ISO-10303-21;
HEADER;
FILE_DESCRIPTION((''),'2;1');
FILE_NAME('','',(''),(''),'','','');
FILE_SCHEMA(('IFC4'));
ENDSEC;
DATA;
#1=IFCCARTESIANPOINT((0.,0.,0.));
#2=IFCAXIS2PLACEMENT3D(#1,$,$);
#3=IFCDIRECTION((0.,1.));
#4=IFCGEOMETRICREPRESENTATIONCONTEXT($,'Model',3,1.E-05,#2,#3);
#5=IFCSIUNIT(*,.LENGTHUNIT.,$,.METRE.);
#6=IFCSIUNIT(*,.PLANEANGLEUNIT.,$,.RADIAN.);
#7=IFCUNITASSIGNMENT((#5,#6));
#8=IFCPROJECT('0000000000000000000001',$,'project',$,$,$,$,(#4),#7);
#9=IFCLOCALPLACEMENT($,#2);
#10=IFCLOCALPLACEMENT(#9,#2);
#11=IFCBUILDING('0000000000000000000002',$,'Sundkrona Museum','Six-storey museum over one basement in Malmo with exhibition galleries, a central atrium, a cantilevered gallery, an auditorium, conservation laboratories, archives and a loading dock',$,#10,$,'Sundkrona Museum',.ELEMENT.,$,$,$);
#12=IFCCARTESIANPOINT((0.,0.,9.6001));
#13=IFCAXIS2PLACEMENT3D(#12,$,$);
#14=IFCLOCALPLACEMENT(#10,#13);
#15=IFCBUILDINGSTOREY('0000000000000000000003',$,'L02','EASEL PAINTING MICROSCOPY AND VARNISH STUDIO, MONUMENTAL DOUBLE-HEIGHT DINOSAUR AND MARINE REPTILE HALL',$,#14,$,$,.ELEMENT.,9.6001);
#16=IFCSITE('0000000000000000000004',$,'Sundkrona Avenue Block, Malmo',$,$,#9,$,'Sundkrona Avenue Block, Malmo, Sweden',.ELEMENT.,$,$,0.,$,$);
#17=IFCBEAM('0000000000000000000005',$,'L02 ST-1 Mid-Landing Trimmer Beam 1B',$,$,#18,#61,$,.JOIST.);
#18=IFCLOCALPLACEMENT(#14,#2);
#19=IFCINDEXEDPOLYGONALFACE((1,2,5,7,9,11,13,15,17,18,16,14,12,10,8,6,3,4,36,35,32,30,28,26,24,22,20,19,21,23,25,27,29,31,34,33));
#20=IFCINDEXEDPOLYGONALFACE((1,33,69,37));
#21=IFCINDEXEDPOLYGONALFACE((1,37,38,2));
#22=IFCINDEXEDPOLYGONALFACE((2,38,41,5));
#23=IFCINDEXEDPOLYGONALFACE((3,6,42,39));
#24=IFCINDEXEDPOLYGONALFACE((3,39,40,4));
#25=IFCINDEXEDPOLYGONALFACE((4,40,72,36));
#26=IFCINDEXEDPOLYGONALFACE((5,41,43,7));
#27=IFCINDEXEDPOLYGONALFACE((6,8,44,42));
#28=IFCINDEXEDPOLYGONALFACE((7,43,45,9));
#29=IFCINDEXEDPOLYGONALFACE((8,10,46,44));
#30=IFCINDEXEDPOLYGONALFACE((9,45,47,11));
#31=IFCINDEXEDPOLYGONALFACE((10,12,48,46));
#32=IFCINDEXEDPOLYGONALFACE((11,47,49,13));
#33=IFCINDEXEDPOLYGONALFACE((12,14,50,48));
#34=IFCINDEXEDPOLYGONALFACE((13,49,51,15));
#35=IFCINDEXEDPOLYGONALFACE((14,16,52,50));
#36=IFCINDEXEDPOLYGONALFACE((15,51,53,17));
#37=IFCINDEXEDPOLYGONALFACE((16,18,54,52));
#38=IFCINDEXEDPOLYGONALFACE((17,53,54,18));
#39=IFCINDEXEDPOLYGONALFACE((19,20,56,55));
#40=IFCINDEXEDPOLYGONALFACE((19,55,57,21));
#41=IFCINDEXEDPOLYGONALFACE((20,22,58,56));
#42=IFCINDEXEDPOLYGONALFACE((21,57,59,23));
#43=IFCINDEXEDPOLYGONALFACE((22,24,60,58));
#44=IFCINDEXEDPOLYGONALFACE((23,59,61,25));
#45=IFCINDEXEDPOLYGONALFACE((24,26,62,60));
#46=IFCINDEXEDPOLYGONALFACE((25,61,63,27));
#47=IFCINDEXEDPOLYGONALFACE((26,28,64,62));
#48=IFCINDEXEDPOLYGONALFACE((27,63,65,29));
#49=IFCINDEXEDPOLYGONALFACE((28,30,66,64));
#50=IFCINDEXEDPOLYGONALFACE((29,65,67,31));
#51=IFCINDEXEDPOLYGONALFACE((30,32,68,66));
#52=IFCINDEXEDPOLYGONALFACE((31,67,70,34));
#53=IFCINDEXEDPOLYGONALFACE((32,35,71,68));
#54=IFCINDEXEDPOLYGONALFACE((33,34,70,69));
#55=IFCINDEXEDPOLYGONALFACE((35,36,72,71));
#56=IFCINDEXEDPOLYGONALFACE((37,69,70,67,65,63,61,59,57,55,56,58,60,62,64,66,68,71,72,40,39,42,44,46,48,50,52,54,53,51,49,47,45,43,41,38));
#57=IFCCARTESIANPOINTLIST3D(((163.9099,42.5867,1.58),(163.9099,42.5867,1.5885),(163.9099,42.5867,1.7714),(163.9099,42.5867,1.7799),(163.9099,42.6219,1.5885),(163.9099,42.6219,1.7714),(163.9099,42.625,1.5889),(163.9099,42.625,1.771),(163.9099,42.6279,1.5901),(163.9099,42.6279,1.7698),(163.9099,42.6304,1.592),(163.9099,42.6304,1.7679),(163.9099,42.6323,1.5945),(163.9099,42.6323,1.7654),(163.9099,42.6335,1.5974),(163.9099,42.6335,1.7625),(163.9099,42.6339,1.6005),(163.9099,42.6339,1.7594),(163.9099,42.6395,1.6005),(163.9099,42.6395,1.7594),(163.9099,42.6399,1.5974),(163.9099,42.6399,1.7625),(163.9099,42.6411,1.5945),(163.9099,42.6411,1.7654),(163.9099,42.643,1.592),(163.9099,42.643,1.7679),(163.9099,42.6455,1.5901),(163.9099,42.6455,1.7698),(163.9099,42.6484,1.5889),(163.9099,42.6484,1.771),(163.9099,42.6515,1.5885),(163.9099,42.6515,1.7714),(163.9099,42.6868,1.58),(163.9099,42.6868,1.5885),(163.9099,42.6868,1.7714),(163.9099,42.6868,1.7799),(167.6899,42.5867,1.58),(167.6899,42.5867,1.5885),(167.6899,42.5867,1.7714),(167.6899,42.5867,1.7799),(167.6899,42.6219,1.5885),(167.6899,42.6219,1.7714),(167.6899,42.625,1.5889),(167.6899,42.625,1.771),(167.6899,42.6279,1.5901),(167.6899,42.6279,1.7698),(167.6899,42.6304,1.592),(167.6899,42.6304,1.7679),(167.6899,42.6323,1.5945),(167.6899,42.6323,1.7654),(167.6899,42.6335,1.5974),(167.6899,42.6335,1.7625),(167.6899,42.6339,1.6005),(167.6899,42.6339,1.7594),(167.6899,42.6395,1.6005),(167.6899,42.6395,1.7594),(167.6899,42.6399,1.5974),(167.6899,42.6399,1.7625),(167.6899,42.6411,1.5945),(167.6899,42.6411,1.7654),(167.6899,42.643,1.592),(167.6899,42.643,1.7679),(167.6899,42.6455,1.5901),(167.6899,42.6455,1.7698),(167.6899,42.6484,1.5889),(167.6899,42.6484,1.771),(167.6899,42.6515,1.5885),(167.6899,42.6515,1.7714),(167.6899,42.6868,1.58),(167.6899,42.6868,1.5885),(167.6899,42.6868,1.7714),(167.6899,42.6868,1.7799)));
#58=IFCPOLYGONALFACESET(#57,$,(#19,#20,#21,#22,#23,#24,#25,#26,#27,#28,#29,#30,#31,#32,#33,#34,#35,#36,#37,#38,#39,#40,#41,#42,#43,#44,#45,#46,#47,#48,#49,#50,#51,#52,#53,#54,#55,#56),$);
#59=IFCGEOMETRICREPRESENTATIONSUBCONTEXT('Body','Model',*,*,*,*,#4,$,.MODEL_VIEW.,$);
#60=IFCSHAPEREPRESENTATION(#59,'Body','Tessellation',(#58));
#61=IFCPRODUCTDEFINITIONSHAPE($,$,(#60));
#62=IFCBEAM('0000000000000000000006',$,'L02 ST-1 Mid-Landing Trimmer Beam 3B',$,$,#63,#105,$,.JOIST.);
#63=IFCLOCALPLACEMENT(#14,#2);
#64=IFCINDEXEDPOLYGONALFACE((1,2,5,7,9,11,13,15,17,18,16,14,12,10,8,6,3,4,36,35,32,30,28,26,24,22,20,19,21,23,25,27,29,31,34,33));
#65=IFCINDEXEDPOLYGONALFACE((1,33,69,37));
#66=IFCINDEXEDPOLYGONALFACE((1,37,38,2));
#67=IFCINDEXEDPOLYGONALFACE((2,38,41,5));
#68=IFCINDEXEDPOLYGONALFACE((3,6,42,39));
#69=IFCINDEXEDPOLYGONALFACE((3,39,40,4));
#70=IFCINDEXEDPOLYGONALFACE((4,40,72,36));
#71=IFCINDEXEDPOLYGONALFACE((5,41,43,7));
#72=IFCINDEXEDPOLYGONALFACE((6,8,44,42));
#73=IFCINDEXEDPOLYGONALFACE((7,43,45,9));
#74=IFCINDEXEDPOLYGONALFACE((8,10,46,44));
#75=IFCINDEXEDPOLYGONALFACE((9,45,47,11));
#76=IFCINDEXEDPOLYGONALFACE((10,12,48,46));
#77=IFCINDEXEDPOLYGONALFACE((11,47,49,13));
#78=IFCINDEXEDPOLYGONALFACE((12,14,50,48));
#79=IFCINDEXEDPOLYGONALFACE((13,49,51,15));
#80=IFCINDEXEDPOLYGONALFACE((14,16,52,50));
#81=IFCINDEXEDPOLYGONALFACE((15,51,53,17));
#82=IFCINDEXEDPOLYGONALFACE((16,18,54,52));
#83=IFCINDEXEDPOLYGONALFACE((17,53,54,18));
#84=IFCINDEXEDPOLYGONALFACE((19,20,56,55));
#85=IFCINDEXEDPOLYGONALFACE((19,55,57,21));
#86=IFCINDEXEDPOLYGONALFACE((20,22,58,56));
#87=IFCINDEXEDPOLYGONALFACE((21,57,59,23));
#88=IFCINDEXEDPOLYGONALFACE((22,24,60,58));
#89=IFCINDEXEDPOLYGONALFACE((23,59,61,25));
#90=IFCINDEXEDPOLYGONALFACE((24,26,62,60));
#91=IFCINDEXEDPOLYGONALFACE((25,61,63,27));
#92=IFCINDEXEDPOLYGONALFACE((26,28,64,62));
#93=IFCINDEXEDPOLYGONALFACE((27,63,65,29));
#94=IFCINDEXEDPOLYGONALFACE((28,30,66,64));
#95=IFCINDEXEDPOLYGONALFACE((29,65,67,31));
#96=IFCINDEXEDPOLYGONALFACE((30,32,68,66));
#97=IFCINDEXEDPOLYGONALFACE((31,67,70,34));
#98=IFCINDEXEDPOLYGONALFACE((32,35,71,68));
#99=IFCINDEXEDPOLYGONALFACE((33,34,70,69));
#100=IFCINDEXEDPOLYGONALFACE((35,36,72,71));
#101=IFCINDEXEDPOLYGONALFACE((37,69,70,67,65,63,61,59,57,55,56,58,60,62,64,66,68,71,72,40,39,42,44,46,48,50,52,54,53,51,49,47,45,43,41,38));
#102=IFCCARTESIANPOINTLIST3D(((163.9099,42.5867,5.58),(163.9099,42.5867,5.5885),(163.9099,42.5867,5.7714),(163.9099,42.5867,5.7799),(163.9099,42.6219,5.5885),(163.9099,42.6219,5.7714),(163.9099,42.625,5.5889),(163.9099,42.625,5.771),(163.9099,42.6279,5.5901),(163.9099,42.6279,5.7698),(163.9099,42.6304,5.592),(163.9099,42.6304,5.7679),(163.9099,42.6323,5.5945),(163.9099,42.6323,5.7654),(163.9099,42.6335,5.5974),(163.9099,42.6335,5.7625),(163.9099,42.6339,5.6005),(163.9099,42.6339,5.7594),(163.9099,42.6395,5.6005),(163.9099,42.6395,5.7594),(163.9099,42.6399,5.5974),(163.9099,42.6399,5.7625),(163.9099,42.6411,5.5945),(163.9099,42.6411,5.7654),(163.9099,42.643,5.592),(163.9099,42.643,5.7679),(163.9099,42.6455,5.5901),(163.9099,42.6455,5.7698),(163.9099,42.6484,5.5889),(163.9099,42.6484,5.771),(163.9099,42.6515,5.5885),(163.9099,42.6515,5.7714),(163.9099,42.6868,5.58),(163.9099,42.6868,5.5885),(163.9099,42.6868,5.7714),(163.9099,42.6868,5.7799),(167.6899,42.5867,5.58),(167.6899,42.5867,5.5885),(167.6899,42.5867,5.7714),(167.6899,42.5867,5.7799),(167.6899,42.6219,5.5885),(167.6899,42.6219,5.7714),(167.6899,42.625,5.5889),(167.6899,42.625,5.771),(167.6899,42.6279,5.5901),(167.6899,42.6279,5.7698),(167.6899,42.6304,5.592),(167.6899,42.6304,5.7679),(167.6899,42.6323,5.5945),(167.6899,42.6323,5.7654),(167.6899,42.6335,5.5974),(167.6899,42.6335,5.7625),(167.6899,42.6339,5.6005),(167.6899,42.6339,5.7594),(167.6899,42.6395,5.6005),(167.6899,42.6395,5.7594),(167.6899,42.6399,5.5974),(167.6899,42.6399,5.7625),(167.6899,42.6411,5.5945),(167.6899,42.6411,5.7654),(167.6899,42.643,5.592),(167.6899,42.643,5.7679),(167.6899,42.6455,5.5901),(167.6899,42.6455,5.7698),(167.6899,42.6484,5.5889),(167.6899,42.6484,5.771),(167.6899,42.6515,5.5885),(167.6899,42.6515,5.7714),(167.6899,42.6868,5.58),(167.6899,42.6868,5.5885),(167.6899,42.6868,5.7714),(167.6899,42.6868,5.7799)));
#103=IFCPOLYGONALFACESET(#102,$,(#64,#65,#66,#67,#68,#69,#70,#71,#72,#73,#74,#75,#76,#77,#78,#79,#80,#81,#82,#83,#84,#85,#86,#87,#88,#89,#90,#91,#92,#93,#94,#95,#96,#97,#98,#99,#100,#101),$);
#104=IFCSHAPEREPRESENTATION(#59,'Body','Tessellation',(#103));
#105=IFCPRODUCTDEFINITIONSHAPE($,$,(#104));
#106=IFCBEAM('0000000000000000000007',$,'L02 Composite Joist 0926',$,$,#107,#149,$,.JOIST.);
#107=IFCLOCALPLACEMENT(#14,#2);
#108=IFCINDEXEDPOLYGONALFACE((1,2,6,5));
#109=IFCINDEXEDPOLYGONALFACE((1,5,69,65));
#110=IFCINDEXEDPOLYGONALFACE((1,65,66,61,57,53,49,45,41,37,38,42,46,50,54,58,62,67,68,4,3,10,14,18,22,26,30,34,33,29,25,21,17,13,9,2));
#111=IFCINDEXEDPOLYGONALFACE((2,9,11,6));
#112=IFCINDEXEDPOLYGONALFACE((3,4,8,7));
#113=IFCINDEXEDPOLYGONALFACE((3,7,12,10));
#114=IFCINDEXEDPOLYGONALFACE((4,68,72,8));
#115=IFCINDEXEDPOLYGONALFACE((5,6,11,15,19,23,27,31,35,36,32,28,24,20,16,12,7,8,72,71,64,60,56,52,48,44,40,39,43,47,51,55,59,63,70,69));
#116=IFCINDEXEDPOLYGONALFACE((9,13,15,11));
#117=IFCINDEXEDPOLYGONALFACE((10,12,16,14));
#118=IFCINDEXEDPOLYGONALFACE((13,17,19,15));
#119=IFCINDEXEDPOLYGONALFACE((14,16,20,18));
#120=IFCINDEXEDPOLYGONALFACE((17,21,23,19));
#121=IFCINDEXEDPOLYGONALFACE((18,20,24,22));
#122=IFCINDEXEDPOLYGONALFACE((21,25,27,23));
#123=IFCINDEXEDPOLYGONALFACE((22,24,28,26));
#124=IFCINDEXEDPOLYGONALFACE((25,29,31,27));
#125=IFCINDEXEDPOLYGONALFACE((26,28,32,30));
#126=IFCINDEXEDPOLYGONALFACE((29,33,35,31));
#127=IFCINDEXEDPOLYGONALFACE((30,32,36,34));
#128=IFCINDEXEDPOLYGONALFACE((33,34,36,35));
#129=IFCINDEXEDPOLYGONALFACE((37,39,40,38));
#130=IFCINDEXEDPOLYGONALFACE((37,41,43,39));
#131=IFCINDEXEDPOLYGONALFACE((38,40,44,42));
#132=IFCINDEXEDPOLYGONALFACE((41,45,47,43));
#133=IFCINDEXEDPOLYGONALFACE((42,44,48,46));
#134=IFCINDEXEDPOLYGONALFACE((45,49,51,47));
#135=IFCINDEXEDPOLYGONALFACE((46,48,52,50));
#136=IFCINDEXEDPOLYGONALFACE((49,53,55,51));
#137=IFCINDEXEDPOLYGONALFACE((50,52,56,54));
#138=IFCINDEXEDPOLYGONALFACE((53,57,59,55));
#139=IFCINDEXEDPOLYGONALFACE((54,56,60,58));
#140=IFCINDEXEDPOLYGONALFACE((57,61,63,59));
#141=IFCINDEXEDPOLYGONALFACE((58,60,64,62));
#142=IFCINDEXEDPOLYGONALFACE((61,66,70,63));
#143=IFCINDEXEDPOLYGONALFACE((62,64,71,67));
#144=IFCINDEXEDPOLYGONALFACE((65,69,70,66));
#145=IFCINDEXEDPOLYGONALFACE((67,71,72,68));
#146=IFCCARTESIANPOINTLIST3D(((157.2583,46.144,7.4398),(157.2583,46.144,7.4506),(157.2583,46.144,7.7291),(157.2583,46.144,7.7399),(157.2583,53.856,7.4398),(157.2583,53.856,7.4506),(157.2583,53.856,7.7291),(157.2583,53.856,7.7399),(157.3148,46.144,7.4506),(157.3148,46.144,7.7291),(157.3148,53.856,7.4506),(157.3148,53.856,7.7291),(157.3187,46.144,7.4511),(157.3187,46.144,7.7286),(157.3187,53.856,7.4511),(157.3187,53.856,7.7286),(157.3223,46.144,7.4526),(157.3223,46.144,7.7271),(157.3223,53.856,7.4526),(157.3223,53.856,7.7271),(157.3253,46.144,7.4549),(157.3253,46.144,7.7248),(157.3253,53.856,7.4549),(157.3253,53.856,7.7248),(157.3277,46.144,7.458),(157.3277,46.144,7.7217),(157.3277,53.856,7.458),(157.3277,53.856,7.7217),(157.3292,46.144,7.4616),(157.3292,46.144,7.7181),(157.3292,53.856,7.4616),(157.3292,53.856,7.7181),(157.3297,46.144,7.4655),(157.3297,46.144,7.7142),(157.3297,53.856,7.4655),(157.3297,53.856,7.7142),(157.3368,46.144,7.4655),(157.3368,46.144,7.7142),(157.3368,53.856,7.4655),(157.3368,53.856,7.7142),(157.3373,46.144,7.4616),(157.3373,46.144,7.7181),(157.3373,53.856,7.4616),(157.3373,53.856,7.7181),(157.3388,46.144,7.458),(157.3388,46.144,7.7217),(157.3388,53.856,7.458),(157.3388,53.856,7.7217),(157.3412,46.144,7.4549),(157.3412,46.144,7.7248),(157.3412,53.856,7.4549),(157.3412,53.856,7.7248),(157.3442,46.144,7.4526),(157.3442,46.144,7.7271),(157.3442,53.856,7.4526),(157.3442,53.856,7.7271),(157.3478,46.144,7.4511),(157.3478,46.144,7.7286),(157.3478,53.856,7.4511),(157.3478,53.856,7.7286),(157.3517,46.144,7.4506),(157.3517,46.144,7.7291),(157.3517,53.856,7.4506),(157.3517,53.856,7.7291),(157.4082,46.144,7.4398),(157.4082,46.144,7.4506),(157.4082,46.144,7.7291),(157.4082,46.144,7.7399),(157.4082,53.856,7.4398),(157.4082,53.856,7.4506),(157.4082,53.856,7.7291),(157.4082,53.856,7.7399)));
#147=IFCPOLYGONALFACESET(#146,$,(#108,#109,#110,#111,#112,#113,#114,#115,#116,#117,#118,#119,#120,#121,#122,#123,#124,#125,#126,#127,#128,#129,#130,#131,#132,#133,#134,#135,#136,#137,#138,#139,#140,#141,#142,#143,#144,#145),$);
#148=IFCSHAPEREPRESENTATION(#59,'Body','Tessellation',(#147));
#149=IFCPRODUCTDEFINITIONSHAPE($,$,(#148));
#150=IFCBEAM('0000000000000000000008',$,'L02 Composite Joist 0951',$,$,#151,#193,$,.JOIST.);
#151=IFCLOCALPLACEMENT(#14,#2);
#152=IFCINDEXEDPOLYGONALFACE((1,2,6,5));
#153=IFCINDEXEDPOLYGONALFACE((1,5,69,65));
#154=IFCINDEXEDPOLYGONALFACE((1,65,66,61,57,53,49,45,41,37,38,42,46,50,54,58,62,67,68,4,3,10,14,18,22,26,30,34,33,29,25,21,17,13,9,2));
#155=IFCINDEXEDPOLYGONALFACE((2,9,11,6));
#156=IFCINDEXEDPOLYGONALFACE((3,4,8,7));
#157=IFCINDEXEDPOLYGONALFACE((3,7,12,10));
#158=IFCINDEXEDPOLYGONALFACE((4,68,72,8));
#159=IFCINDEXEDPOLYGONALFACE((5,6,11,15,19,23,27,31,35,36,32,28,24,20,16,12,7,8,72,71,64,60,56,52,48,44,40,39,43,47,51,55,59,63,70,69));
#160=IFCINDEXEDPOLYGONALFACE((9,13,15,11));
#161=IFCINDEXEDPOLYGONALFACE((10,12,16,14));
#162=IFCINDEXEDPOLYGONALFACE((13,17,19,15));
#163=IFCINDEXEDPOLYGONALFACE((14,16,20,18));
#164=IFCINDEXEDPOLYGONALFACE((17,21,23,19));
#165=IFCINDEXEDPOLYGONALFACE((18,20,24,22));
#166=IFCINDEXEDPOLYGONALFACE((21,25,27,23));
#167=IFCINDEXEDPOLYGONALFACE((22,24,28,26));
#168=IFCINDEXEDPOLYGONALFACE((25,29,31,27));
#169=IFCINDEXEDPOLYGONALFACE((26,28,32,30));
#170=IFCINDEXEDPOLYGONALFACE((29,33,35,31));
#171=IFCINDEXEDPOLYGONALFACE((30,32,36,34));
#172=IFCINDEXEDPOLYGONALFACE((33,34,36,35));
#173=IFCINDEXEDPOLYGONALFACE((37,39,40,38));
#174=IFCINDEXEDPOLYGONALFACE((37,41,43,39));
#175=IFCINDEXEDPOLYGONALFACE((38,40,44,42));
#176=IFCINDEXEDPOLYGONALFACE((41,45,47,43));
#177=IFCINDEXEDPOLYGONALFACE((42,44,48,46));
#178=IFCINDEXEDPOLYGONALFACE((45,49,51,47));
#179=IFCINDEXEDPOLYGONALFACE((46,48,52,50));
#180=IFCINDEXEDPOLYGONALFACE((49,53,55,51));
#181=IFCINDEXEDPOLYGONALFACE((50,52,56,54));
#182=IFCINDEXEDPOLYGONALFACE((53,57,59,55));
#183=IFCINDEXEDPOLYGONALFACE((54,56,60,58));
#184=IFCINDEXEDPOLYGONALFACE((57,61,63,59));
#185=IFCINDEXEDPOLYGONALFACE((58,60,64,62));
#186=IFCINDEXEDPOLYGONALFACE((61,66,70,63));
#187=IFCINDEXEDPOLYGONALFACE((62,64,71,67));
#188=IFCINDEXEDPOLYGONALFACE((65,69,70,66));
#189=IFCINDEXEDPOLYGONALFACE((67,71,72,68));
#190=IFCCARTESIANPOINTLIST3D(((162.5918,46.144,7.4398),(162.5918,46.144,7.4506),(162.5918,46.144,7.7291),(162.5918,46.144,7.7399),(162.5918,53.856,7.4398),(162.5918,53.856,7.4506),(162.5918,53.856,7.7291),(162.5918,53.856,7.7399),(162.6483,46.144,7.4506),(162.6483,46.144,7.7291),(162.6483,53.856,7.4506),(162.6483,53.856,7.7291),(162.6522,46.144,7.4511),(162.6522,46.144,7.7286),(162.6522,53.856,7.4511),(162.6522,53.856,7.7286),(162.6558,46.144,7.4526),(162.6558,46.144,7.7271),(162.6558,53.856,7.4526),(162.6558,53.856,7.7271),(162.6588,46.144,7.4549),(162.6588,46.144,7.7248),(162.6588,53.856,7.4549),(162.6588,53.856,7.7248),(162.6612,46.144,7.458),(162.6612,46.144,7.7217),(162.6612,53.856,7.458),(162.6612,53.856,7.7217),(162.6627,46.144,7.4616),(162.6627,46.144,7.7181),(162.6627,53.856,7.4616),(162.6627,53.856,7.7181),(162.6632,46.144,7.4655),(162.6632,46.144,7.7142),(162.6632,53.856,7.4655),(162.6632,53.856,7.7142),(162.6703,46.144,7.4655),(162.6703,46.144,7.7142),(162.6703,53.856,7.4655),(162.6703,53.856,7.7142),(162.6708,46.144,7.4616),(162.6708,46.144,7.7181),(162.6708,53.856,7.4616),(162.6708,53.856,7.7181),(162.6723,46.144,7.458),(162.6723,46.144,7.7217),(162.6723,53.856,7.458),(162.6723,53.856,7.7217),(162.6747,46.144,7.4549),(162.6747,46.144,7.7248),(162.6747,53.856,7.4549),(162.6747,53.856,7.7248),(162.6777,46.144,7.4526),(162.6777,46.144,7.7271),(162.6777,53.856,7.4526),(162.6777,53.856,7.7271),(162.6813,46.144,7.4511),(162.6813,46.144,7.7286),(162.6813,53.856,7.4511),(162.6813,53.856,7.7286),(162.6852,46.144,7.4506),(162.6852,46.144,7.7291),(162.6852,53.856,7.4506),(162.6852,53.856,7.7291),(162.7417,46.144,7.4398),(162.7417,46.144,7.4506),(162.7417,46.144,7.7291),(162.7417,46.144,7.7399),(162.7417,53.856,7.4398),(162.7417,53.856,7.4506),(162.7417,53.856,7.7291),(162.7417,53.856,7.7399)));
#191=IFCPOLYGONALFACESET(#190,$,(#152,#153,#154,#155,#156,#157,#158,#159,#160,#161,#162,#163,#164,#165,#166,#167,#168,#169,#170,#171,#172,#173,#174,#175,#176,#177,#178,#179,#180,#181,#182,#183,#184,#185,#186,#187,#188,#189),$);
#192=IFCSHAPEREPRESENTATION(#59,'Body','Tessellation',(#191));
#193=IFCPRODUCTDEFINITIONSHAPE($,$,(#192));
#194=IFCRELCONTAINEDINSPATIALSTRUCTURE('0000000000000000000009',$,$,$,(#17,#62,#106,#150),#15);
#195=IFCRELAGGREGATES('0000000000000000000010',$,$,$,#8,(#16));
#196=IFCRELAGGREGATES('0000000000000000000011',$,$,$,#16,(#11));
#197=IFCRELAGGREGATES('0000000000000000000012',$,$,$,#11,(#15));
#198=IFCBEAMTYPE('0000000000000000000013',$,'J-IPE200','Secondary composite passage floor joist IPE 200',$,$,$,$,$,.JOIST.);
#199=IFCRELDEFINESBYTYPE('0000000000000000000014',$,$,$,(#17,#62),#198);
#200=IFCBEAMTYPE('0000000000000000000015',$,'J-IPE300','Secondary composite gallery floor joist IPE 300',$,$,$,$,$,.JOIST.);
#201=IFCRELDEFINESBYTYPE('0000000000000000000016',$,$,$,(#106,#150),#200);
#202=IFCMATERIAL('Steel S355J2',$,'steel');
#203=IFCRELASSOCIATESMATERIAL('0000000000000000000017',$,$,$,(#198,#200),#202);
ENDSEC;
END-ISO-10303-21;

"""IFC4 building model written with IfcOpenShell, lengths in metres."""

from ifc_helpers import new_model, si_unit, direction, frame, origin, origin_2d, place, context, subcontext, project, spatial, i_section, extrude, material, material_profile, profile_set, type_object, element, save


model = new_model("IFC4")

# Units and contexts
model_context = context("Model", 3, precision=1e-05, world=origin(), true_north=direction((0.0, 1.0)))
body_context = subcontext(model_context, "Body", "Model", "MODEL_VIEW")
ifc_project = project(units=[si_unit("LENGTHUNIT", "METRE"), si_unit("PLANEANGLEUNIT", "RADIAN")], contexts=[model_context])

# Site, building, storey
site_placement = place(None, origin())
site = spatial("IfcSite", under=ifc_project, at=site_placement, Name="Sundkrona Avenue Block, Malmo", LongName="Sundkrona Avenue Block, Malmo, Sweden", CompositionType="ELEMENT", RefElevation=0.0)
building_placement = place(site_placement, origin())
building = spatial("IfcBuilding", under=site, at=building_placement, Name="Sundkrona Museum", Description="Six-storey museum over one basement in Malmo with exhibition galleries, a central atrium, a cantilevered gallery, an auditorium, conservation laboratories, archives and a loading dock", LongName="Sundkrona Museum", CompositionType="ELEMENT")
storey_placement = place(building_placement, frame((0.0, 0.0, 9.6001)))
storey = spatial("IfcBuildingStorey", under=building, at=storey_placement, Name="L02", Description="EASEL PAINTING MICROSCOPY AND VARNISH STUDIO, MONUMENTAL DOUBLE-HEIGHT DINOSAUR AND MARINE REPTILE HALL", CompositionType="ELEMENT", Elevation=9.6001)

# Shared definitions
ifc_material_1 = material(Name="Steel S355J2", Category="steel")

# Beams
ifc_material_profile_1 = material_profile(ifc_material_1, i_section(OverallWidth=0.1001, OverallDepth=0.2, WebThickness=0.0056, FlangeThickness=0.0085, FilletRadius=0.012, at=origin_2d()), Name="IPE 200")
ifc_profile_set_1 = profile_set([ifc_material_profile_1], Name="Steel S355J2")
beam_type_1 = type_object("IfcBeamType", Name="J-IPE200", Description="Secondary composite passage floor joist IPE 200", PredefinedType="JOIST", material=ifc_profile_set_1)
for number, where, z_axis, x_axis, name in (
    (1, (163.9099, 42.6367, 1.6799), (1.0, 0.0, 0.0), (0.0, 1.0, 0.0), "L02 ST-1 Mid-Landing Trimmer Beam 1B"),
    (2, (163.9099, 42.6367, 5.6799), (1.0, 0.0, 0.0), (0.0, 1.0, 0.0), "L02 ST-1 Mid-Landing Trimmer Beam 3B"),
):
    element("IfcBeam", number, at=place(storey_placement, frame(where, z_axis=z_axis, x_axis=x_axis)), inside=storey, type_object=beam_type_1, Name=name, PredefinedType="JOIST", context=body_context, shape_type="SweptSolid", body=[
        extrude(i_section(OverallWidth=0.1001, OverallDepth=0.2, WebThickness=0.0056, FlangeThickness=0.0085, FilletRadius=0.012, at=origin_2d()), origin(), (0.0, 0.0, 1.0), 3.78),
    ])
ifc_material_profile_2 = material_profile(ifc_material_1, i_section(OverallWidth=0.1499, OverallDepth=0.3, WebThickness=0.0071, FlangeThickness=0.0107, FilletRadius=0.0149, at=origin_2d()), Name="IPE 300")
ifc_profile_set_2 = profile_set([ifc_material_profile_2], Name="Steel S355J2")
beam_type_2 = type_object("IfcBeamType", Name="J-IPE300", Description="Secondary composite gallery floor joist IPE 300", PredefinedType="JOIST", material=ifc_profile_set_2)
for number, where, z_axis, x_axis, name in (
    (3, (157.3333, 46.144, 7.5898), (0.0, 1.0, 0.0), (-1.0, 0.0, 0.0), "L02 Composite Joist 0926"),
    (4, (162.6667, 46.144, 7.5898), (0.0, 1.0, 0.0), (-1.0, 0.0, 0.0), "L02 Composite Joist 0951"),
):
    element("IfcBeam", number, at=place(storey_placement, frame(where, z_axis=z_axis, x_axis=x_axis)), inside=storey, type_object=beam_type_2, Name=name, PredefinedType="JOIST", context=body_context, shape_type="SweptSolid", body=[
        extrude(i_section(OverallWidth=0.1499, OverallDepth=0.3, WebThickness=0.0071, FlangeThickness=0.0107, FilletRadius=0.0149, at=origin_2d()), origin(), (0.0, 0.0, 1.0), 7.7119),
    ])

save(model, "model.ifc")
